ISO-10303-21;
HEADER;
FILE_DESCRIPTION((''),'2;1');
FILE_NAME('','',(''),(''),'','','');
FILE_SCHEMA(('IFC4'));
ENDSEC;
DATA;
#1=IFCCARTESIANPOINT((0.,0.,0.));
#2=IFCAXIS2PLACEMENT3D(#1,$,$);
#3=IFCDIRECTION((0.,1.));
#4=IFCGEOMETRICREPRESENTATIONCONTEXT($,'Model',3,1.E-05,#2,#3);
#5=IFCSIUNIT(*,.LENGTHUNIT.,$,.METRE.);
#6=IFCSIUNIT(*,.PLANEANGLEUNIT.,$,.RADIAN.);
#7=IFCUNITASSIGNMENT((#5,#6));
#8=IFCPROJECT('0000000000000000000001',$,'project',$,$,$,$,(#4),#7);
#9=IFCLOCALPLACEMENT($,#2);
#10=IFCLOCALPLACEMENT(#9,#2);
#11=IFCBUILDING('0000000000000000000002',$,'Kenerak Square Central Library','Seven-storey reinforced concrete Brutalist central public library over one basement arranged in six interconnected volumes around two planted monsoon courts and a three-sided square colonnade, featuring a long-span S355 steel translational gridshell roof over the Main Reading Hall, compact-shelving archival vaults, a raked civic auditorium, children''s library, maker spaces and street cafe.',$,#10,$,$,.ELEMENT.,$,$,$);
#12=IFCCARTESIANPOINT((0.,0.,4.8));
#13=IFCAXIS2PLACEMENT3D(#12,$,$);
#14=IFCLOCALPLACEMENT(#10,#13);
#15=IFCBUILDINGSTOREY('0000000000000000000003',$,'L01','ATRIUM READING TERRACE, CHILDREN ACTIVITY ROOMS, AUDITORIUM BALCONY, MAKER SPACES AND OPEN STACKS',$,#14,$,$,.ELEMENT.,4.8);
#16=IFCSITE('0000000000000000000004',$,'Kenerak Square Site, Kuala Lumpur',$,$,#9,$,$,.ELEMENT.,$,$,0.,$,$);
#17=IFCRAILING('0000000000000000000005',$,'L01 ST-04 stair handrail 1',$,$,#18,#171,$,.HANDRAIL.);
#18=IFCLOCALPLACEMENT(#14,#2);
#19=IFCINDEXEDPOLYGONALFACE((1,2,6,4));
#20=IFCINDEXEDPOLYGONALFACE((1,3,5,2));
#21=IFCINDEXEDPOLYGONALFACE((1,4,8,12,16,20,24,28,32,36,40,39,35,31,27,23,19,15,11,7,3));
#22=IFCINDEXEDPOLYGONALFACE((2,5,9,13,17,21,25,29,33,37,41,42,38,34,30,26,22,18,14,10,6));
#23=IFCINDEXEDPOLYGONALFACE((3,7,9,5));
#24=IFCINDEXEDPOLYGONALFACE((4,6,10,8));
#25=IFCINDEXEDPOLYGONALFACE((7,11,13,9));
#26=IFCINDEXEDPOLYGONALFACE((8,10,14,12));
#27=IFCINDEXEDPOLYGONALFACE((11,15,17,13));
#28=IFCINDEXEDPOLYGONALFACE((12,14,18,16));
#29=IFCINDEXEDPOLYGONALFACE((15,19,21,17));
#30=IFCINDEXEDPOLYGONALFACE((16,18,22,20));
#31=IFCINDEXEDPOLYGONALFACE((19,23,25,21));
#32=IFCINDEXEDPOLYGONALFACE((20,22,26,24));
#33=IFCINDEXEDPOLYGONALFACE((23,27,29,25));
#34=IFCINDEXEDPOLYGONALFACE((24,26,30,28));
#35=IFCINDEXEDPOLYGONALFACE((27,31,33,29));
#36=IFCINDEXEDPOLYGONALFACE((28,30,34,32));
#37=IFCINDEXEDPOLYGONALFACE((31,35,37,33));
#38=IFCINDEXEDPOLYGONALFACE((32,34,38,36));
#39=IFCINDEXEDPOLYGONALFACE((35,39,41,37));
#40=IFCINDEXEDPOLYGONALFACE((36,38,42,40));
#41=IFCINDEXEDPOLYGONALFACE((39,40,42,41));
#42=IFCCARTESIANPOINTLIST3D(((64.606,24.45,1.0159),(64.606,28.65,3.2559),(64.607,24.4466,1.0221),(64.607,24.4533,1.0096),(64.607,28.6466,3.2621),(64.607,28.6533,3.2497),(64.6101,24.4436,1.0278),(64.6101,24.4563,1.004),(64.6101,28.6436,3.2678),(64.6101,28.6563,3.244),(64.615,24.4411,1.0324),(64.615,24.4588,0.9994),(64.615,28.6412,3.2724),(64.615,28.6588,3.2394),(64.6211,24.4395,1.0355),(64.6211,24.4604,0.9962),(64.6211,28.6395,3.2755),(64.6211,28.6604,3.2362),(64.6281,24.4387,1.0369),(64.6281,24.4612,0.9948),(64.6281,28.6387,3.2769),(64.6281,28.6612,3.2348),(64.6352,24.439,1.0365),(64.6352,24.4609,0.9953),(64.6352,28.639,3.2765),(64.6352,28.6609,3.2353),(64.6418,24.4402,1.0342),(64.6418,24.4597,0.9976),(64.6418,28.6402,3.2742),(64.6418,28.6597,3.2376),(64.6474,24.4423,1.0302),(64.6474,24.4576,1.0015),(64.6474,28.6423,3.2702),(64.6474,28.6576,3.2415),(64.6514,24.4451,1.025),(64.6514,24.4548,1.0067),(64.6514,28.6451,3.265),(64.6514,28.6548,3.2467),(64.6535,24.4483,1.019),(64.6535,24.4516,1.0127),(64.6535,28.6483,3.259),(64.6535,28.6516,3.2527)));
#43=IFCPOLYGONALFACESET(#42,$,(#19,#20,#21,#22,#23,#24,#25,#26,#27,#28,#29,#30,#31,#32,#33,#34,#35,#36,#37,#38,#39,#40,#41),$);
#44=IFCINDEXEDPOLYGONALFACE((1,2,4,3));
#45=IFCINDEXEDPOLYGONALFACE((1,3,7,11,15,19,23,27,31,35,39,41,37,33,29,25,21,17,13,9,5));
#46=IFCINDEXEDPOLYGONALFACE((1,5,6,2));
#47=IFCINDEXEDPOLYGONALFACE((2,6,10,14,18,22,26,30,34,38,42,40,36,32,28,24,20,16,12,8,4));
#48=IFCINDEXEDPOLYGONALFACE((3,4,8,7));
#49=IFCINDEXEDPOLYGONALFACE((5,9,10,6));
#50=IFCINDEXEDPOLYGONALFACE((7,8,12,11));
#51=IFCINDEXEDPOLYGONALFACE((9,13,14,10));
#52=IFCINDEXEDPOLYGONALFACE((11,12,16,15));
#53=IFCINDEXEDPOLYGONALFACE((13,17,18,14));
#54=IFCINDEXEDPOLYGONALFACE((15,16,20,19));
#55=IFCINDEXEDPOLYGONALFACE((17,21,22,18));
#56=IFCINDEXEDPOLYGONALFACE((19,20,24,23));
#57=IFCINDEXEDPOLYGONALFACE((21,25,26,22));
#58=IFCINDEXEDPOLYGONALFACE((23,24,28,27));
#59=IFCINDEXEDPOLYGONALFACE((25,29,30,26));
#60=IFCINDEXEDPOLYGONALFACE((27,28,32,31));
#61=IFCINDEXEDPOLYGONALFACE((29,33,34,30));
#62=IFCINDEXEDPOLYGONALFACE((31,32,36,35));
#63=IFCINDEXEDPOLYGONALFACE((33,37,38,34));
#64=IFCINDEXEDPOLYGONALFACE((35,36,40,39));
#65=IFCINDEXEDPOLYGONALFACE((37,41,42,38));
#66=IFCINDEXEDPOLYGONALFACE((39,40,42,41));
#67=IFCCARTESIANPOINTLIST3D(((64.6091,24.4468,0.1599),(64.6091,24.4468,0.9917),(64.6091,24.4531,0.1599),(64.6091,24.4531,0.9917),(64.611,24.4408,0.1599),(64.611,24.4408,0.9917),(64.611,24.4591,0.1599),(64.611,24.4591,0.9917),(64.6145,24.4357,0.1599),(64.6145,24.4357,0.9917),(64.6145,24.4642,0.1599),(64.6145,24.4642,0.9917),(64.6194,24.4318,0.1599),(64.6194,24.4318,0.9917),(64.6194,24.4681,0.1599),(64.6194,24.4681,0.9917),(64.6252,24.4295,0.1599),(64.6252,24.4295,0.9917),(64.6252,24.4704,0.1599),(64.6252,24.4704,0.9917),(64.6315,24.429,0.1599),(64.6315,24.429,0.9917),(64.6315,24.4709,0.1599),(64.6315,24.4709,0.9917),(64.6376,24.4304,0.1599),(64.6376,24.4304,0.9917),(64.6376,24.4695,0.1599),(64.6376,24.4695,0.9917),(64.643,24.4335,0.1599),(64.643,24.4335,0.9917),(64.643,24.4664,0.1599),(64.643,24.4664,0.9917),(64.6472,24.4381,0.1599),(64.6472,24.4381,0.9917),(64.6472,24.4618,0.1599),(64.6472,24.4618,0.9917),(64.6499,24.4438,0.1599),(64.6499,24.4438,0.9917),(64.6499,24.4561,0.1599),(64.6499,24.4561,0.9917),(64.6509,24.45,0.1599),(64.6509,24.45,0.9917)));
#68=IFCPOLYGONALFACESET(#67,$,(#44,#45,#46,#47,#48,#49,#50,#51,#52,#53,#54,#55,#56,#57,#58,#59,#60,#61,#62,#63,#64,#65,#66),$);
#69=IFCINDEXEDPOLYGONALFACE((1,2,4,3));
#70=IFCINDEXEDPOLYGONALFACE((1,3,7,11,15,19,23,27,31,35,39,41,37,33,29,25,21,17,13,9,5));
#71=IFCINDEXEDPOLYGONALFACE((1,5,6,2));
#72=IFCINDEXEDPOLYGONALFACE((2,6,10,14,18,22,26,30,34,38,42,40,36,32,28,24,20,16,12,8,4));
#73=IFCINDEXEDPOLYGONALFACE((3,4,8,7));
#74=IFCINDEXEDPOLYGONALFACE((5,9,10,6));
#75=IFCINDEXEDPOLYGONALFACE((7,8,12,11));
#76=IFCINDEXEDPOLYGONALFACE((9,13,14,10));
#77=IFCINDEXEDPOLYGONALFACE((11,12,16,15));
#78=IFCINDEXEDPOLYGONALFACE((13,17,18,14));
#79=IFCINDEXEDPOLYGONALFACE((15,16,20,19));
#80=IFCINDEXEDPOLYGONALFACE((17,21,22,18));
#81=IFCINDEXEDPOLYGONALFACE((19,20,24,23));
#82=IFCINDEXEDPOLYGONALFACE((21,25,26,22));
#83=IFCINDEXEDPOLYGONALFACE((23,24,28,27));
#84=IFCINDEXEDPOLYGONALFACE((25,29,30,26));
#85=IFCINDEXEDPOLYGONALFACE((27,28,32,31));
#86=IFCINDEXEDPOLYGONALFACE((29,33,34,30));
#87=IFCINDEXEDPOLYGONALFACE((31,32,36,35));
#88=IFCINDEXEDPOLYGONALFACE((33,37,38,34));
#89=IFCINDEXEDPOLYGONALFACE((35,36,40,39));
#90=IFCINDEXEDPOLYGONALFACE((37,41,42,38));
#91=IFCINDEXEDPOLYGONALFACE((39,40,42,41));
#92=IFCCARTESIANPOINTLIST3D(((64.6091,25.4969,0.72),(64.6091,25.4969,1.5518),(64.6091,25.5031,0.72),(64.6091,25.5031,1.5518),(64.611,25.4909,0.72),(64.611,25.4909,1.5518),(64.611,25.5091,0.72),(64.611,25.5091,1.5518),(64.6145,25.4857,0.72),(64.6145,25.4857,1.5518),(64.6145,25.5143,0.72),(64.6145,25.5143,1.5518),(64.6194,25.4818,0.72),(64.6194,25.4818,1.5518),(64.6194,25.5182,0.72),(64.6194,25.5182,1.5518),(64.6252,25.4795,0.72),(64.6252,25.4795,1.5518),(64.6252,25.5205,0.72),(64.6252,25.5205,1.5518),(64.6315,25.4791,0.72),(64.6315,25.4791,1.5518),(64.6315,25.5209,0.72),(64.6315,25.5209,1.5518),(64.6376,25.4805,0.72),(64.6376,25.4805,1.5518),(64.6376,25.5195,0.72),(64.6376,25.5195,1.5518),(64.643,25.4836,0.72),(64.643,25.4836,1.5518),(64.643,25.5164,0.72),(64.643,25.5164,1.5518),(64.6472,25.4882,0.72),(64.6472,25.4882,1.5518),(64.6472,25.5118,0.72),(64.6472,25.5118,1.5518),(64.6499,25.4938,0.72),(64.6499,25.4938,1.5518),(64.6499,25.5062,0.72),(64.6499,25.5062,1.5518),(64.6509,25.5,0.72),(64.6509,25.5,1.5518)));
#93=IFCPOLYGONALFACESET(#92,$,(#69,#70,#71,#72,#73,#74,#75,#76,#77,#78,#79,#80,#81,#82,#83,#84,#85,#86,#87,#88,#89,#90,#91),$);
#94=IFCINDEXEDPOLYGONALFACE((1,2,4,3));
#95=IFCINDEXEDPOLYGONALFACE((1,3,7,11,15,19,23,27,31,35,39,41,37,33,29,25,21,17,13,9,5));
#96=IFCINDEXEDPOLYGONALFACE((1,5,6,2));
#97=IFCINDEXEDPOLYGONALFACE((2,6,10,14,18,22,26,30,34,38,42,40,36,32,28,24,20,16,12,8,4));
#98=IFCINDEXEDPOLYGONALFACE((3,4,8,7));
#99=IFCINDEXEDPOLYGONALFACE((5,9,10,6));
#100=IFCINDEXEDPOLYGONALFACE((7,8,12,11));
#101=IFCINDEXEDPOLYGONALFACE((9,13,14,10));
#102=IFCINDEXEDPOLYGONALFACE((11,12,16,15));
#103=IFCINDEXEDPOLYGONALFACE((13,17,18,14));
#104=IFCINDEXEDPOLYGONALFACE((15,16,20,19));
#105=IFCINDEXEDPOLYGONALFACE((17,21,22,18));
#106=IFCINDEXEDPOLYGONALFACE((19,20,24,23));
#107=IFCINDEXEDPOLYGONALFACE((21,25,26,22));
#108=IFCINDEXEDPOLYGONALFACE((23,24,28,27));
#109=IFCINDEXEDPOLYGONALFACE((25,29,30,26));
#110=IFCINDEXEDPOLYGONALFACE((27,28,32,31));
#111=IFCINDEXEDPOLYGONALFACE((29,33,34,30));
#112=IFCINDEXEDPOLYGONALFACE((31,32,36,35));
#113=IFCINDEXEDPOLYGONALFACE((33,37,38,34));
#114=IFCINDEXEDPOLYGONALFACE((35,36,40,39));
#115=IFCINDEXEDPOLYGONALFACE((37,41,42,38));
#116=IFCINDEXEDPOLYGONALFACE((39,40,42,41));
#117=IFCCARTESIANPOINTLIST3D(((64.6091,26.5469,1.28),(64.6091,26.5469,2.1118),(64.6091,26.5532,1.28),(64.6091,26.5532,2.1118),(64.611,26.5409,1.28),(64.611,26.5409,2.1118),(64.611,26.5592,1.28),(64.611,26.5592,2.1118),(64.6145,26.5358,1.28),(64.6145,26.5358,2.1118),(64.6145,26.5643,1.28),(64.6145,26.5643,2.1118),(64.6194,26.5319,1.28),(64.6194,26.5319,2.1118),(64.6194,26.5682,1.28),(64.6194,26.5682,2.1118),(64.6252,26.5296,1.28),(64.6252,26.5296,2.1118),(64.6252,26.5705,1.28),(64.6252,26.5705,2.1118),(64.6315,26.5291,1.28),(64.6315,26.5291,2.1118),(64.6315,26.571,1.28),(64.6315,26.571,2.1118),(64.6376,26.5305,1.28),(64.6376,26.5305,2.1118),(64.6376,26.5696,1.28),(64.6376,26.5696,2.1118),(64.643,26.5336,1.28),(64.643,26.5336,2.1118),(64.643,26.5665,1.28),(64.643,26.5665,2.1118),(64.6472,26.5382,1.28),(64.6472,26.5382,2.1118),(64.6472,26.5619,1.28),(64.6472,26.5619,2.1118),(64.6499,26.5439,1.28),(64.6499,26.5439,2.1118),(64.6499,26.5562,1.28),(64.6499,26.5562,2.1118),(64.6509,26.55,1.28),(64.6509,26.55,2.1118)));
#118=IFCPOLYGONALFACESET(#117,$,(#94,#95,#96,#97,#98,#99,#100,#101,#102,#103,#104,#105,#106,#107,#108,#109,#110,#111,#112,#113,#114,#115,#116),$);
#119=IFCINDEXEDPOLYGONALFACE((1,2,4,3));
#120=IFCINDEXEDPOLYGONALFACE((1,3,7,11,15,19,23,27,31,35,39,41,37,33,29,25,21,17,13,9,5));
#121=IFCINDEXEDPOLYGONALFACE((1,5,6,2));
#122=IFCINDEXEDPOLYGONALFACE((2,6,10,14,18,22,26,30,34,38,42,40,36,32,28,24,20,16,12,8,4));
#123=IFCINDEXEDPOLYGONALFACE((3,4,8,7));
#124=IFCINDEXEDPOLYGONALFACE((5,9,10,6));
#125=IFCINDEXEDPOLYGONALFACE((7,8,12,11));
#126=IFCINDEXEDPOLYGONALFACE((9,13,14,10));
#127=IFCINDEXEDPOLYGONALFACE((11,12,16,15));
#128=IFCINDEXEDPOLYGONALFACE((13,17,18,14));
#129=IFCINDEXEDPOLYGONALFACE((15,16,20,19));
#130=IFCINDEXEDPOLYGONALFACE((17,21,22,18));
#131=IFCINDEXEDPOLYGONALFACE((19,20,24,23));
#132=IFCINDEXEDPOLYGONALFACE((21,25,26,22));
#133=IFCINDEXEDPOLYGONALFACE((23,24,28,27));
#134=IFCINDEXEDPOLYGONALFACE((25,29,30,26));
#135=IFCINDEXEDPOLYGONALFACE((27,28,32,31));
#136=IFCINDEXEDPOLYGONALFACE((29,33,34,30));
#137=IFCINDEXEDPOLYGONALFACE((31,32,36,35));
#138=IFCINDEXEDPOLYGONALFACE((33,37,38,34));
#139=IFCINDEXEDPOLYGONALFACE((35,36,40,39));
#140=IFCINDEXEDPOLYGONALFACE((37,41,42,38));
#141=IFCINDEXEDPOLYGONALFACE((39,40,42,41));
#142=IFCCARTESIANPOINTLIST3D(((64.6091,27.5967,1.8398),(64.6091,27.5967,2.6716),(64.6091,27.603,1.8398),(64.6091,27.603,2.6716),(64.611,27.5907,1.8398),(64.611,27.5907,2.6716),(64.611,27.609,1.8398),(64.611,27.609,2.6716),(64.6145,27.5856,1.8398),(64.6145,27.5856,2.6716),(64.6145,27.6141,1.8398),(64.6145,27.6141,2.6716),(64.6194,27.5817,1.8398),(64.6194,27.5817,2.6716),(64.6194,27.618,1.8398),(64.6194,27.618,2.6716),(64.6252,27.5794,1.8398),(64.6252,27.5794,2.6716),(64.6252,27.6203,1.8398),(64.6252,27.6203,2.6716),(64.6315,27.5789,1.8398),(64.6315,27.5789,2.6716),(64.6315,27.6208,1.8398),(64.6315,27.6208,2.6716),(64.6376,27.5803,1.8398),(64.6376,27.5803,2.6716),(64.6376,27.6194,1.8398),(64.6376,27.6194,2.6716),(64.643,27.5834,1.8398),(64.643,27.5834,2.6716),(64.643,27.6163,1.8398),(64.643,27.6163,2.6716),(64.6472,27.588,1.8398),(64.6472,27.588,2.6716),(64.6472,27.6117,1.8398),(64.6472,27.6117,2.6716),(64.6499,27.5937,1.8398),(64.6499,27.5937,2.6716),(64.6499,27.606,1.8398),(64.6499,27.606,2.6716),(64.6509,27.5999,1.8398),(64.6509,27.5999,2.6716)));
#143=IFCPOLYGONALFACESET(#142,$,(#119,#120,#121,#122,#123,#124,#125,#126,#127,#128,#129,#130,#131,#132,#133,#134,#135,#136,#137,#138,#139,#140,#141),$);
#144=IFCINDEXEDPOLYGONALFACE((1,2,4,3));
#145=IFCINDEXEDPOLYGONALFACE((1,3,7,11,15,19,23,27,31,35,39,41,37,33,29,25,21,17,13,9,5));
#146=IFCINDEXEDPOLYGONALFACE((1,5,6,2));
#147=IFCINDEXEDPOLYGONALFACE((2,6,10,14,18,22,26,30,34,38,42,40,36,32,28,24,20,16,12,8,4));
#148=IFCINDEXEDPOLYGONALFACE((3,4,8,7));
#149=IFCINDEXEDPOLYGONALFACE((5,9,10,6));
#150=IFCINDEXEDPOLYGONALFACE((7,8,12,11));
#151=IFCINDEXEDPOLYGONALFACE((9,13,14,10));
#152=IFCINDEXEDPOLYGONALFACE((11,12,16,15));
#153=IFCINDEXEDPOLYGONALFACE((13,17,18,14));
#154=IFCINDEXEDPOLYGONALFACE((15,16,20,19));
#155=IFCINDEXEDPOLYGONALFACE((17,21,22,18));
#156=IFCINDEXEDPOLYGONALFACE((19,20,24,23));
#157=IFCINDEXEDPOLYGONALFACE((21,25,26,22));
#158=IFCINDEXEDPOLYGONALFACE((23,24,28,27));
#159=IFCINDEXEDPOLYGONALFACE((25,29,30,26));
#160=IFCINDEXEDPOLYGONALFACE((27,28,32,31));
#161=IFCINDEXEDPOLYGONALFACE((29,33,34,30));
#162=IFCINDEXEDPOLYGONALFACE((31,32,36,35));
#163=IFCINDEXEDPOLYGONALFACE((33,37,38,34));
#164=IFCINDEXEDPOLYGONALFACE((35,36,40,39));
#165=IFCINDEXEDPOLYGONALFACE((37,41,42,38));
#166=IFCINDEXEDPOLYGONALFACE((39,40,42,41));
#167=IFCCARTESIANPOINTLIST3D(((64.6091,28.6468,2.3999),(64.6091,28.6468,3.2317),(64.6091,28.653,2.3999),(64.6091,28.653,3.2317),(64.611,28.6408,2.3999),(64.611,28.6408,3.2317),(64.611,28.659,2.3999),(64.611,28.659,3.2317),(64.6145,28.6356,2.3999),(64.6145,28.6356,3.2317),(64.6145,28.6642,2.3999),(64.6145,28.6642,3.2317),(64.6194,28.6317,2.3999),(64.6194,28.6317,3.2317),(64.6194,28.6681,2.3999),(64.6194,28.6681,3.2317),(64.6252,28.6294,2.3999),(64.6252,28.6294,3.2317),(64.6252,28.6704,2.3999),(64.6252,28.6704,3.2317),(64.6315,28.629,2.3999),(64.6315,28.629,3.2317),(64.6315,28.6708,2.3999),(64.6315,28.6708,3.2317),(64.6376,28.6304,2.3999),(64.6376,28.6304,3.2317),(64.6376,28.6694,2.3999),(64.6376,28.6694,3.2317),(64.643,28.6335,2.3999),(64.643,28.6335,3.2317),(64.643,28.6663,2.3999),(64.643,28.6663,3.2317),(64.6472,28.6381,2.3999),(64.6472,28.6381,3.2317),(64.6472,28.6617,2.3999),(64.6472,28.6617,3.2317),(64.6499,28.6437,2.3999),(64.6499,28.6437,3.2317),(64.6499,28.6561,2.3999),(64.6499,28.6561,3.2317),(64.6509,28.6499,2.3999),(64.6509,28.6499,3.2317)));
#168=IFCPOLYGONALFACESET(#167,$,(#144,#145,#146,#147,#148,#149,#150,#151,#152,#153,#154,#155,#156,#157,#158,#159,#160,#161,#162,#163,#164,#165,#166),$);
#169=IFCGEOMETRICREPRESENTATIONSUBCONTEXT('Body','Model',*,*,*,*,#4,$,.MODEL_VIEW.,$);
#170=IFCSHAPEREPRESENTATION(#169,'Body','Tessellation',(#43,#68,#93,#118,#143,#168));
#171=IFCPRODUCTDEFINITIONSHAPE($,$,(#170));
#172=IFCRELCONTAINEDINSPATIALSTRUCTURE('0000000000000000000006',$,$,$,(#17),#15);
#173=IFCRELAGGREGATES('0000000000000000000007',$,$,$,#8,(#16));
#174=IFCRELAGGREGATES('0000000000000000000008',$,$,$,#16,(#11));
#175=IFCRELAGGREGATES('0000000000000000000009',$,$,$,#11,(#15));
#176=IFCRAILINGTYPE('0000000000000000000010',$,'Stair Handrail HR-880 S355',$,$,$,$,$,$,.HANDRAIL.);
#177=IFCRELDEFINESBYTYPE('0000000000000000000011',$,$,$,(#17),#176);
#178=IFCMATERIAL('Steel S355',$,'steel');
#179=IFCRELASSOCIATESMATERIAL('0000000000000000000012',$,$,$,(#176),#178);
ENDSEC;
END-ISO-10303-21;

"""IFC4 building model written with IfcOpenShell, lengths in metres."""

from ifc_helpers import new_model, si_unit, direction, frame, origin, origin_2d, place, context, subcontext, project, spatial, circle, extrude, material, type_object, element, save


model = new_model("IFC4")

# Units and contexts
model_context = context("Model", 3, precision=1e-05, world=origin(), true_north=direction((0.0, 1.0)))
body_context = subcontext(model_context, "Body", "Model", "MODEL_VIEW")
ifc_project = project(units=[si_unit("LENGTHUNIT", "METRE"), si_unit("PLANEANGLEUNIT", "RADIAN")], contexts=[model_context])

# Site, building, storey
site_placement = place(None, origin())
site = spatial("IfcSite", under=ifc_project, at=site_placement, Name="Kenerak Square Site, Kuala Lumpur", CompositionType="ELEMENT", RefElevation=0.0)
building_placement = place(site_placement, origin())
building = spatial("IfcBuilding", under=site, at=building_placement, Name="Kenerak Square Central Library", Description="Seven-storey reinforced concrete Brutalist central public library over one basement arranged in six interconnected volumes around two planted monsoon courts and a three-sided square colonnade, featuring a long-span S355 steel translational gridshell roof over the Main Reading Hall, compact-shelving archival vaults, a raked civic auditorium, children's library, maker spaces and street cafe.", CompositionType="ELEMENT")
storey_placement = place(building_placement, frame((0.0, 0.0, 4.8)))
storey = spatial("IfcBuildingStorey", under=building, at=storey_placement, Name="L01", Description="ATRIUM READING TERRACE, CHILDREN ACTIVITY ROOMS, AUDITORIUM BALCONY, MAKER SPACES AND OPEN STACKS", CompositionType="ELEMENT", Elevation=4.8)

# Shared definitions
ifc_material_1 = material(Name="Steel S355", Category="steel")

# Railing
railing_type_1 = type_object("IfcRailingType", Name="Stair Handrail HR-880 S355", PredefinedType="HANDRAIL", material=ifc_material_1)
railing_1_placement = place(storey_placement, frame((64.6299, 24.45, 0.1599)))
element("IfcRailing", 1, at=railing_1_placement, inside=storey, type_object=railing_type_1, Name="L01 ST-04 stair handrail 1", PredefinedType="HANDRAIL", context=body_context, shape_type="SweptSolid", body=[
    extrude(circle(Radius=0.0239, at=origin_2d()), frame((0.0, 0.0, 0.856), z_axis=(0.0, 0.882352, 0.470591), x_axis=(-1.0, 0.0, 0.0)), (0.0, 0.0, 1.0), 4.76),
    extrude(circle(Radius=0.021, at=origin_2d()), origin(), (0.0, 0.0, 1.0), 0.8318),
    extrude(circle(Radius=0.021, at=origin_2d()), frame((0.0, 1.05, 0.5601)), (0.0, 0.0, 1.0), 0.8318),
    extrude(circle(Radius=0.021, at=origin_2d()), frame((0.0, 2.1001, 1.1201)), (0.0, 0.0, 1.0), 0.8318),
    extrude(circle(Radius=0.021, at=origin_2d()), frame((0.0, 3.1499, 1.6799)), (0.0, 0.0, 1.0), 0.8318),
    extrude(circle(Radius=0.021, at=origin_2d()), frame((0.0, 4.2, 2.24)), (0.0, 0.0, 1.0), 0.8318),
])

save(model, "model.ifc")
